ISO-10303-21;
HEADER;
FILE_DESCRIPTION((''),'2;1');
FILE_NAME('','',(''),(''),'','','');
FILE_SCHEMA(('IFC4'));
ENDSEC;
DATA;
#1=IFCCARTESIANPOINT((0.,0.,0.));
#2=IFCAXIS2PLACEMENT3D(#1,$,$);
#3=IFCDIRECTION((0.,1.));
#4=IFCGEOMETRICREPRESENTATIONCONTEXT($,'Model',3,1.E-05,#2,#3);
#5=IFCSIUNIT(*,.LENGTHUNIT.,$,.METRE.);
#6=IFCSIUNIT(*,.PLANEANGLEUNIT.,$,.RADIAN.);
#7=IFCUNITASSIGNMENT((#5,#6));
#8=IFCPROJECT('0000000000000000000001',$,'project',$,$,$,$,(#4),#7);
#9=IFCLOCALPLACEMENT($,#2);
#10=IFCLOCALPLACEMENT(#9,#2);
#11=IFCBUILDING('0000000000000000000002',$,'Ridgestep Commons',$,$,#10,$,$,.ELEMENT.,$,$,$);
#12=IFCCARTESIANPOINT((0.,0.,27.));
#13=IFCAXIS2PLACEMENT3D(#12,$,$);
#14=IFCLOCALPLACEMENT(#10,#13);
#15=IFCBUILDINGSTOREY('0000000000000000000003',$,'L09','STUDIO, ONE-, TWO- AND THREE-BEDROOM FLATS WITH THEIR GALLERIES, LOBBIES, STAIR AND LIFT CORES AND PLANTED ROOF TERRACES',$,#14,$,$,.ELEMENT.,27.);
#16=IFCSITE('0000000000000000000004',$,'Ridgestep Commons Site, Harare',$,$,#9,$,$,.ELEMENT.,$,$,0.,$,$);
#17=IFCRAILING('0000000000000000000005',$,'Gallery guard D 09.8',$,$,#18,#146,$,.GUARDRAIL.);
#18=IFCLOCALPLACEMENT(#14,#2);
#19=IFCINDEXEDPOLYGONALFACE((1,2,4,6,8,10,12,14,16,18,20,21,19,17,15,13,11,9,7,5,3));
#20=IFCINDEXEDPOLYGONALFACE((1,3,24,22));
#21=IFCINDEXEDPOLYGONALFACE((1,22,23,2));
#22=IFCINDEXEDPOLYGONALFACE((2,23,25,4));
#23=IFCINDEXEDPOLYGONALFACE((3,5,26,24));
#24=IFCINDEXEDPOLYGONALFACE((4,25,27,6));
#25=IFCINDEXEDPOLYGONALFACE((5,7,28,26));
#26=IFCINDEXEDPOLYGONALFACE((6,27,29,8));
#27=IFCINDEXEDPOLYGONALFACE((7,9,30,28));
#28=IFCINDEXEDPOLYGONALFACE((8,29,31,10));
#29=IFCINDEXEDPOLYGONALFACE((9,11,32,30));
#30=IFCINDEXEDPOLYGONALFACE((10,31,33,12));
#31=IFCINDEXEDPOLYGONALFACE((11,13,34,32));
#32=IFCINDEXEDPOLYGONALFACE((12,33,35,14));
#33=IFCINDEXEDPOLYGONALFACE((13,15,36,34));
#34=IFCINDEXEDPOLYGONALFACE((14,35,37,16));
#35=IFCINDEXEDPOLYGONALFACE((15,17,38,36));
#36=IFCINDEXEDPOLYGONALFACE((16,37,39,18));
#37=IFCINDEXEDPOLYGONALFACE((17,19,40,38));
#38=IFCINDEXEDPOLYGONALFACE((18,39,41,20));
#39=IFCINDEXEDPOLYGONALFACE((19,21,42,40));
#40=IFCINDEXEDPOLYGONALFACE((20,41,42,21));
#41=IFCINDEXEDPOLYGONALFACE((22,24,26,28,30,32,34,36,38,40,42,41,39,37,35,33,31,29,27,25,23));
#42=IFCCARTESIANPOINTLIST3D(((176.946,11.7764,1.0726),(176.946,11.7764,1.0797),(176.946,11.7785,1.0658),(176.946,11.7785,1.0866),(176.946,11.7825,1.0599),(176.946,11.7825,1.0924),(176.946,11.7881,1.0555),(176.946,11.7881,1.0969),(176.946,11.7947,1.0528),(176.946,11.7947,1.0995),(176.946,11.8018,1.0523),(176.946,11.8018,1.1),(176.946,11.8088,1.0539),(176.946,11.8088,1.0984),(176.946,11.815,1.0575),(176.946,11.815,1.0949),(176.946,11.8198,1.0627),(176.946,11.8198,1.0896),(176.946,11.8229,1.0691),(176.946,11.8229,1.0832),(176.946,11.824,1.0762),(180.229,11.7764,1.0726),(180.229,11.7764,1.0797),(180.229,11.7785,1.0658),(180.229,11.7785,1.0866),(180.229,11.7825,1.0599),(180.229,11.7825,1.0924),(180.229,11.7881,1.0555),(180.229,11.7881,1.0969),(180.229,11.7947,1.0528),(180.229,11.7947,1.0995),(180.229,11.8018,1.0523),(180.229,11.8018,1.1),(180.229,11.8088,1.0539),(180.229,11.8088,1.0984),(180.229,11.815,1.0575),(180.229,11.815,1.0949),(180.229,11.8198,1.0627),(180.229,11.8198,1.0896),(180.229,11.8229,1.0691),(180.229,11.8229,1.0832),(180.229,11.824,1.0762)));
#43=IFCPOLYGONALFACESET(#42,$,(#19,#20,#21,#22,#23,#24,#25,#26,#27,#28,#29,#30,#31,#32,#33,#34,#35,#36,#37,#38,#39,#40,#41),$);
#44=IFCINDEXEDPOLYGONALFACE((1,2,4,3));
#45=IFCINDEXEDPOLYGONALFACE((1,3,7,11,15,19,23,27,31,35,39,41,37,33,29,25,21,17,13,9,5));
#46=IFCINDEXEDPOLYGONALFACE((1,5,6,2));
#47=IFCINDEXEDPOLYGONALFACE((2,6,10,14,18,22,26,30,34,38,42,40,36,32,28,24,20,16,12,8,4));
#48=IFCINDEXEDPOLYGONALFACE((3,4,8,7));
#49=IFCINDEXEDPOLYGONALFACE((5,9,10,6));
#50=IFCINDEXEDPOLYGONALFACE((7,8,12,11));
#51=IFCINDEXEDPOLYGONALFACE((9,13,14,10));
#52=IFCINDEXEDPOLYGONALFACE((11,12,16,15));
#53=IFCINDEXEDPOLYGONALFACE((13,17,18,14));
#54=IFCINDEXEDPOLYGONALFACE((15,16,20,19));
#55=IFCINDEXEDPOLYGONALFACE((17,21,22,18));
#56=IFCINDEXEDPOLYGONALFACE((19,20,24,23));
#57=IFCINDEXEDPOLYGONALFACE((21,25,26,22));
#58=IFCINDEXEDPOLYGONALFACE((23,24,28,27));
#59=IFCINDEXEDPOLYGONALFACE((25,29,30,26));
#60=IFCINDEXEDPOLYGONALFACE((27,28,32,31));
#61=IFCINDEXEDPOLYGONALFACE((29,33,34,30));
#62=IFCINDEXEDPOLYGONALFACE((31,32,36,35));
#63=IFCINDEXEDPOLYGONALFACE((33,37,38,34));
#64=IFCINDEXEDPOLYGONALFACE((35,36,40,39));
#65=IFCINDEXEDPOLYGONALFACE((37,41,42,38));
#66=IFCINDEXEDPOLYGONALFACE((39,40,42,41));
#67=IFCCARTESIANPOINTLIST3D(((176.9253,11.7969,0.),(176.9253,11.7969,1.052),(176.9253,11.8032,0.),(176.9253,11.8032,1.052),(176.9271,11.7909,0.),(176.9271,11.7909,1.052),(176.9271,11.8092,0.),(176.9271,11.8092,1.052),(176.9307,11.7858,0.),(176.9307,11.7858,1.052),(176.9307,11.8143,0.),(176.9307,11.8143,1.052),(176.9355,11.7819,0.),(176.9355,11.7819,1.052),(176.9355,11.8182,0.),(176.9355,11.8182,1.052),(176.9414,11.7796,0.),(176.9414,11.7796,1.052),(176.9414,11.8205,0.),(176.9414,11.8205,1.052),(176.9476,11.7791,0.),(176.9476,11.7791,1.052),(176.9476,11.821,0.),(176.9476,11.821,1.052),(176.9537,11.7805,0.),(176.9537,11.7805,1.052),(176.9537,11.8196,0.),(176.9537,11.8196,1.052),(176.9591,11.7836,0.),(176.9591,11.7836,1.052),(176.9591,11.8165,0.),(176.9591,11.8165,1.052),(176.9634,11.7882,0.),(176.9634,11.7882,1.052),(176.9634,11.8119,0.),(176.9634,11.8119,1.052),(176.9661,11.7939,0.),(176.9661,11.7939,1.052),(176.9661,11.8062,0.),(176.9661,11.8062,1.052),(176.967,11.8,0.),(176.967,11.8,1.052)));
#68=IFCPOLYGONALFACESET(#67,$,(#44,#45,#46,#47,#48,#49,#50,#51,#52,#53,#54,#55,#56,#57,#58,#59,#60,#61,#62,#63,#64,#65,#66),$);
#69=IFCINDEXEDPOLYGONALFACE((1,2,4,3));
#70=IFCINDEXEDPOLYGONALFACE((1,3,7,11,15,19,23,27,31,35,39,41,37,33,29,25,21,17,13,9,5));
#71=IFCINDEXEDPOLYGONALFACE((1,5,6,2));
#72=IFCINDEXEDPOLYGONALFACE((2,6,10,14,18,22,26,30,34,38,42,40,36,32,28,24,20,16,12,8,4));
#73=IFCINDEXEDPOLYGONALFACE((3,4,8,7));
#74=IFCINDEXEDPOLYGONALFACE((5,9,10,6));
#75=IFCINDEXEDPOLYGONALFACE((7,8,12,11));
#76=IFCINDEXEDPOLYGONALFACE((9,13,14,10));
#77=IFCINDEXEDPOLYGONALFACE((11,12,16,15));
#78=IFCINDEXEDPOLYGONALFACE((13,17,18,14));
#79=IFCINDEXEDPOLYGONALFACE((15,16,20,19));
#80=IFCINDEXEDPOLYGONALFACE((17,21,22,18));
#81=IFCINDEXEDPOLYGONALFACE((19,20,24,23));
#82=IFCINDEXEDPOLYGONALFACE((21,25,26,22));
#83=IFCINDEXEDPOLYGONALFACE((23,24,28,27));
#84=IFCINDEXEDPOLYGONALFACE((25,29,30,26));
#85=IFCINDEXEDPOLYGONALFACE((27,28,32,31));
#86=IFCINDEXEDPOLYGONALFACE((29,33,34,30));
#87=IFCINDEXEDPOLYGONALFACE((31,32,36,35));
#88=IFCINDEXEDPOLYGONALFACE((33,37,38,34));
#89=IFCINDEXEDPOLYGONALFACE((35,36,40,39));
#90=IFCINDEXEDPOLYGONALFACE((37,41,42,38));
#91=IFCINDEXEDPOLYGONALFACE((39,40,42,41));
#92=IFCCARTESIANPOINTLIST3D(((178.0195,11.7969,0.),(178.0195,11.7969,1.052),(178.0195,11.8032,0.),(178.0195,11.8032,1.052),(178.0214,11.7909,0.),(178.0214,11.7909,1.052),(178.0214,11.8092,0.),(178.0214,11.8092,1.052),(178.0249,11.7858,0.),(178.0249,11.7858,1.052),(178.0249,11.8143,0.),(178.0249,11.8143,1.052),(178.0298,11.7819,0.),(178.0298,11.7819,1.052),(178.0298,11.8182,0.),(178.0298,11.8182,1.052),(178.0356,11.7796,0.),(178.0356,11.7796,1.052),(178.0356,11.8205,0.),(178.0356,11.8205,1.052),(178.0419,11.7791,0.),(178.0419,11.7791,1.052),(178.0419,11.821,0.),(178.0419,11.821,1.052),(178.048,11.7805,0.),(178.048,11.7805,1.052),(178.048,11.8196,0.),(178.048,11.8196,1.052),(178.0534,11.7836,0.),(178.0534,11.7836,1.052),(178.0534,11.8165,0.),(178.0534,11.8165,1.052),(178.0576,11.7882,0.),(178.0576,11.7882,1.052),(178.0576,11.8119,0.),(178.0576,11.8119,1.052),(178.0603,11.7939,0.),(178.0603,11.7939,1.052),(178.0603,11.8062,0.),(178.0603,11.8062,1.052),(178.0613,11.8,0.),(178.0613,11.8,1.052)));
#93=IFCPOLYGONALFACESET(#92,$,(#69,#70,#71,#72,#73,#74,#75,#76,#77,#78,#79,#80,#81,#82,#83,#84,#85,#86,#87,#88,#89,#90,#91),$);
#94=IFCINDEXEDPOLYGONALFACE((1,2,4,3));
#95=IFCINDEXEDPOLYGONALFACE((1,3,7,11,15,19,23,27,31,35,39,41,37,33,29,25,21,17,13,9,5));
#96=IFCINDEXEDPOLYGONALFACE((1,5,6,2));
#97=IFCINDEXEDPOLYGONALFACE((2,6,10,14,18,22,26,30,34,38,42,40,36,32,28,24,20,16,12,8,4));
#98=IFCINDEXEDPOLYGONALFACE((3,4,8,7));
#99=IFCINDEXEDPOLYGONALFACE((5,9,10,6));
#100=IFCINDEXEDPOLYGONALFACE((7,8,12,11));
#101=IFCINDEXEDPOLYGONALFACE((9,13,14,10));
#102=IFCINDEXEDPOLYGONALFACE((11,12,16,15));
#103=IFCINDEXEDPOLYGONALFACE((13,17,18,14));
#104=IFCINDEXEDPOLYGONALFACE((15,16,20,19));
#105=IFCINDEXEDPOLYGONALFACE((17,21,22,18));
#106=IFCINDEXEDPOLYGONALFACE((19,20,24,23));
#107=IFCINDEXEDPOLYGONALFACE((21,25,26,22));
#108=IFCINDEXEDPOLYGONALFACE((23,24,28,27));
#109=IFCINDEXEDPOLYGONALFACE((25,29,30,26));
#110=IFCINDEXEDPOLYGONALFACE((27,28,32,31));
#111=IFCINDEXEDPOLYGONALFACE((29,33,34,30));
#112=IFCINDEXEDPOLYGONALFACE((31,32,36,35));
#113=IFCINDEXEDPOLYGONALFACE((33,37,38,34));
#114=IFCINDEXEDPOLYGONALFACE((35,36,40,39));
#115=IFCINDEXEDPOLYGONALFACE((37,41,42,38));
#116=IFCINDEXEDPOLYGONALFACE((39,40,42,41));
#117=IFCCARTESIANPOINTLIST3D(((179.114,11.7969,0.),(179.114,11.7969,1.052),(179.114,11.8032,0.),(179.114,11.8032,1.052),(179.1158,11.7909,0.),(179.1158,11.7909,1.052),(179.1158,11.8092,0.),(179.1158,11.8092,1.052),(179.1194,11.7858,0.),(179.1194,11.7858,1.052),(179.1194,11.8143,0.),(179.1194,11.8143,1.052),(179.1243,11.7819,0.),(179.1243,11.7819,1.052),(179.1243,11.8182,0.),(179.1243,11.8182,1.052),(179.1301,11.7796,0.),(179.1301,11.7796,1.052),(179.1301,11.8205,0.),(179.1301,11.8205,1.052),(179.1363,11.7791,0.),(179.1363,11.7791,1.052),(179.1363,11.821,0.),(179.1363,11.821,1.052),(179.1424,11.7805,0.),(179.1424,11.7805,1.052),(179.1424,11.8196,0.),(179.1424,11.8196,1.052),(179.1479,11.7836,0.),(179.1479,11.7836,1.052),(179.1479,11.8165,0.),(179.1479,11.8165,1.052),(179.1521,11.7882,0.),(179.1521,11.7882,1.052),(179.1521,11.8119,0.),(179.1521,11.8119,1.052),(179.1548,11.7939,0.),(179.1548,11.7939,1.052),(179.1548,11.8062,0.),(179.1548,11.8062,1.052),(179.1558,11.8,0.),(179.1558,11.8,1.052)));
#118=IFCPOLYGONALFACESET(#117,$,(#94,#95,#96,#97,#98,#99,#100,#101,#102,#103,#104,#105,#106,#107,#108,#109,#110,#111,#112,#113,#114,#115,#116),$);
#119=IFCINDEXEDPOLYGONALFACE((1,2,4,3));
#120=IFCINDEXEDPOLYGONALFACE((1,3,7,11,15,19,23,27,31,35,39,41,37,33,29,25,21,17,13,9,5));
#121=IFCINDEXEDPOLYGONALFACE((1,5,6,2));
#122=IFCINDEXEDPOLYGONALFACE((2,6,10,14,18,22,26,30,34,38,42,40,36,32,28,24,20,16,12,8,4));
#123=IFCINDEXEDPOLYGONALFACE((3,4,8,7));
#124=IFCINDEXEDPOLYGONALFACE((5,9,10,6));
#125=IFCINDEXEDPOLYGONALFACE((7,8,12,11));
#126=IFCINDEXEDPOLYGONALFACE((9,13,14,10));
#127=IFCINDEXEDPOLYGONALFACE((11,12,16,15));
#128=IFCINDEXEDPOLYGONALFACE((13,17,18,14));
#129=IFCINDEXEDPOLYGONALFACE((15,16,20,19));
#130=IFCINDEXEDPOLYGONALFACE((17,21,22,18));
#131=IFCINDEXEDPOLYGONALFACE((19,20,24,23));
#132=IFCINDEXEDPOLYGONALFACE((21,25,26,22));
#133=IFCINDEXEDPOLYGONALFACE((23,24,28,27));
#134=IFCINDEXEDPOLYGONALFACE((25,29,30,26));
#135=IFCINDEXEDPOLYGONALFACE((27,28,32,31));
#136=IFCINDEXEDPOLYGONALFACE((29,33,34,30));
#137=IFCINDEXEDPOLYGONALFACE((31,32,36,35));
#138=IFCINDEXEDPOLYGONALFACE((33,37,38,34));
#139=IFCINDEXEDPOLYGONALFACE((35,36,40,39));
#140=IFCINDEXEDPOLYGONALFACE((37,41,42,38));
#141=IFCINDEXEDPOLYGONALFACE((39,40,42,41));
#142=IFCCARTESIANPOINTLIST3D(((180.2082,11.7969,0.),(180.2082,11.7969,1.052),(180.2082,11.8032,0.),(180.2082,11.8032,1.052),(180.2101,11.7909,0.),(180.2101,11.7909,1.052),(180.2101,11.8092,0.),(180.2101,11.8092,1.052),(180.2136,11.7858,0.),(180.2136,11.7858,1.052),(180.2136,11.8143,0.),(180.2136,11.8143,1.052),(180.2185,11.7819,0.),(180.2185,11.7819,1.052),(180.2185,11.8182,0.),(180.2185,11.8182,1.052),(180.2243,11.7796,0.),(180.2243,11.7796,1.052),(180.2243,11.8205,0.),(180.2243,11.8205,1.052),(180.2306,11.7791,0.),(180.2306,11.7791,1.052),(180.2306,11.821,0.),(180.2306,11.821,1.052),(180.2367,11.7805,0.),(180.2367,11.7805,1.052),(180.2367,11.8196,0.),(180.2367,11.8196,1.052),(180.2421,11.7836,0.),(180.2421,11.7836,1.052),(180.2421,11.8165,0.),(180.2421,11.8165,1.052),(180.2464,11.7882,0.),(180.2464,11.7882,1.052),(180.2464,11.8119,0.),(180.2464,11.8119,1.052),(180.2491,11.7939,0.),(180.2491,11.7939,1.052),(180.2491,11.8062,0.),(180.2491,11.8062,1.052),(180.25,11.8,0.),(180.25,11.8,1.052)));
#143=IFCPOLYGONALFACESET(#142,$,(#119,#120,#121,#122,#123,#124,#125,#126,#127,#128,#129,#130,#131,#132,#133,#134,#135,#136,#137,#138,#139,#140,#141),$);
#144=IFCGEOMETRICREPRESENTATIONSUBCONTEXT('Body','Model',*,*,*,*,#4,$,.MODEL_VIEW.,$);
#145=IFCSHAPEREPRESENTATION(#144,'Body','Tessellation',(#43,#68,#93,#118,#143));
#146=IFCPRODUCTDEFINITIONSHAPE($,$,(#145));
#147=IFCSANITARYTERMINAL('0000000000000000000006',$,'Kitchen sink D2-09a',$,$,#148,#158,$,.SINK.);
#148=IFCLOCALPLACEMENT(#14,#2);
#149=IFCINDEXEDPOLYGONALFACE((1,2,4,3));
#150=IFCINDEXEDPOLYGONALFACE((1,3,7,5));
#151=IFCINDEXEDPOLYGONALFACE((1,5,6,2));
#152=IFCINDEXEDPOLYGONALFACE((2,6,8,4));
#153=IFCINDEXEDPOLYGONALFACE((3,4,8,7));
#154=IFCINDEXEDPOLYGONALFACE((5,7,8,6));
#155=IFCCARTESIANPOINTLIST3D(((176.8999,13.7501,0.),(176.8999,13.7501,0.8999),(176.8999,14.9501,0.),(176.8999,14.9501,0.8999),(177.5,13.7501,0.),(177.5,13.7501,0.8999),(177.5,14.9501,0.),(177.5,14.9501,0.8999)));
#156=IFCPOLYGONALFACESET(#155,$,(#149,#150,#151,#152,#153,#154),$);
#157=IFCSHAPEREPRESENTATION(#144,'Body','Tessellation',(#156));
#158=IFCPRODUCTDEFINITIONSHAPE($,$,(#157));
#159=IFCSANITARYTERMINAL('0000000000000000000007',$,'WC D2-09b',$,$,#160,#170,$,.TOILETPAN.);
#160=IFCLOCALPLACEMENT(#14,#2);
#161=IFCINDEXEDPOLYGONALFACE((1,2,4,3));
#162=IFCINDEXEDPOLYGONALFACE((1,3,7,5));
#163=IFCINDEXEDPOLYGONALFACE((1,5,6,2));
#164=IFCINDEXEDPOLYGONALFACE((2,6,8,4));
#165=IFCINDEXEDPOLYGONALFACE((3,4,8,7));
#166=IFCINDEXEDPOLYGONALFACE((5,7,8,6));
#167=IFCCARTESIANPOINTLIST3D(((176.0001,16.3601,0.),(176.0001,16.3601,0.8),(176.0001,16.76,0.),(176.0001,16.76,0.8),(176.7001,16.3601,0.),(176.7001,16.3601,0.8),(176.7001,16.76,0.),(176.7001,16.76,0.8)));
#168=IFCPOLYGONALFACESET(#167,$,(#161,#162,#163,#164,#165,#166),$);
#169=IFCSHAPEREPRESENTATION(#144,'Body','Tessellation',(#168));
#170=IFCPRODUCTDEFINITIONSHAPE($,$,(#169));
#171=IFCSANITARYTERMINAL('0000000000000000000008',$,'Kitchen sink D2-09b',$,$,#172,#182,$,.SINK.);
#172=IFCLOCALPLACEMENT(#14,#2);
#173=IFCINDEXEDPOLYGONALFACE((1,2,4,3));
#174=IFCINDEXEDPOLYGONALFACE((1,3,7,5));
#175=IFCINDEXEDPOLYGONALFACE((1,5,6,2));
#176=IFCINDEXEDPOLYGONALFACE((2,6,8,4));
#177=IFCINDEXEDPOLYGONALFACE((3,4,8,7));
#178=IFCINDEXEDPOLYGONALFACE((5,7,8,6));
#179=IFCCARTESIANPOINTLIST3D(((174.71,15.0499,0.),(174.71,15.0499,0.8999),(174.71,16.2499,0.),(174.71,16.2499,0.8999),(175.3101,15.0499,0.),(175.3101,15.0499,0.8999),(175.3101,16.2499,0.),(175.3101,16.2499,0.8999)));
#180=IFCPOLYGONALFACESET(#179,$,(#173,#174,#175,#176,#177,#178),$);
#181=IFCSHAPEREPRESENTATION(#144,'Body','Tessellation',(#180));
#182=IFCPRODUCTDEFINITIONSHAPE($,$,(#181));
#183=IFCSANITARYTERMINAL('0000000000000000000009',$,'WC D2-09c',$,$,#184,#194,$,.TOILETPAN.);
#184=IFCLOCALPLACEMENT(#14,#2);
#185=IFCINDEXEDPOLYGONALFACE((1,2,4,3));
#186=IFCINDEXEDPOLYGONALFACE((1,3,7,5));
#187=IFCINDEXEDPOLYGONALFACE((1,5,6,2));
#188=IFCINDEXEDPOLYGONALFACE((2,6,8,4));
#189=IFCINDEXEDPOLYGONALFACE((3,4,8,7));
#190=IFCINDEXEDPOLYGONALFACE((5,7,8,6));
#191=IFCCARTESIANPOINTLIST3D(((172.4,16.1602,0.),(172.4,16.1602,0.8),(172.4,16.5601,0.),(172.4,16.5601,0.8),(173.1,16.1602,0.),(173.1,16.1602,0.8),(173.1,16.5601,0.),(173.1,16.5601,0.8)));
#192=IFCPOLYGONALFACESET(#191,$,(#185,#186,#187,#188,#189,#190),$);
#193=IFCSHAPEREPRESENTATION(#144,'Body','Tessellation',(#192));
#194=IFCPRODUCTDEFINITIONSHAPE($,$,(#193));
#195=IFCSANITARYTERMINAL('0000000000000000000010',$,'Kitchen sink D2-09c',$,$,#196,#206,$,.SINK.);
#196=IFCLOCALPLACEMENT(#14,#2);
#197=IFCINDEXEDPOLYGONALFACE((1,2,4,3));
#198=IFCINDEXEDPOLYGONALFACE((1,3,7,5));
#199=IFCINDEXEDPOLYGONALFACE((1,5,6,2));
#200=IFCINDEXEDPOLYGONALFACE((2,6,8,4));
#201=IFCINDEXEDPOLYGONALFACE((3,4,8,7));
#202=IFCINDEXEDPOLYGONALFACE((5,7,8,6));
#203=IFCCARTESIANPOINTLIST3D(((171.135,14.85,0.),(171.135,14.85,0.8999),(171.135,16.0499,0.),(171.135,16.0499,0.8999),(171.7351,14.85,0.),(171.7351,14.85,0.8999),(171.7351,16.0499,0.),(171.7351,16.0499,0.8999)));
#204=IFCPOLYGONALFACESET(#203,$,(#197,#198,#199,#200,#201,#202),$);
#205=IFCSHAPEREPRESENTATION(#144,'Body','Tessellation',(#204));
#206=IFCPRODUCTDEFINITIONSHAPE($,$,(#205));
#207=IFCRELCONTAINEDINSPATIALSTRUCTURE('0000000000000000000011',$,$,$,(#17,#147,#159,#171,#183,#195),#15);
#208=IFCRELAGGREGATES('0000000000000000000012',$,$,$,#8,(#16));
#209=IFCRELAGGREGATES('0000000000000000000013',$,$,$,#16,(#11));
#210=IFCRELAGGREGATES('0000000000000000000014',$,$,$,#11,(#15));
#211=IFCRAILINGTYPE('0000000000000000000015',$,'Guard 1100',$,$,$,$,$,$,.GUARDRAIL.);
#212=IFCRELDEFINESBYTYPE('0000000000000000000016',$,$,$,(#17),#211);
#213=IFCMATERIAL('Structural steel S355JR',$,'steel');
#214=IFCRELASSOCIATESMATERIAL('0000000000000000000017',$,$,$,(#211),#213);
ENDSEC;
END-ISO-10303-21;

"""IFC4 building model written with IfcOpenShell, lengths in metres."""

from ifc_helpers import new_model, si_unit, direction, frame, origin, origin_2d, place, context, subcontext, project, spatial, rectangle, circle, extrude, material, type_object, element, save


model = new_model("IFC4")

# Units and contexts
model_context = context("Model", 3, precision=1e-05, world=origin(), true_north=direction((0.0, 1.0)))
body_context = subcontext(model_context, "Body", "Model", "MODEL_VIEW")
ifc_project = project(units=[si_unit("LENGTHUNIT", "METRE"), si_unit("PLANEANGLEUNIT", "RADIAN")], contexts=[model_context])

# Site, building, storey
site_placement = place(None, origin())
site = spatial("IfcSite", under=ifc_project, at=site_placement, Name="Ridgestep Commons Site, Harare", CompositionType="ELEMENT", RefElevation=0.0)
building_placement = place(site_placement, origin())
building = spatial("IfcBuilding", under=site, at=building_placement, Name="Ridgestep Commons", CompositionType="ELEMENT")
storey_placement = place(building_placement, frame((0.0, 0.0, 27.0)))
storey = spatial("IfcBuildingStorey", under=building, at=storey_placement, Name="L09", Description="STUDIO, ONE-, TWO- AND THREE-BEDROOM FLATS WITH THEIR GALLERIES, LOBBIES, STAIR AND LIFT CORES AND PLANTED ROOF TERRACES", CompositionType="ELEMENT", Elevation=27.0)

# Railing
ifc_material_1 = material(Name="Structural steel S355JR", Category="steel")
railing_type = type_object("IfcRailingType", Name="Guard 1100", PredefinedType="GUARDRAIL", material=ifc_material_1)
railing_1_placement = place(storey_placement, frame((176.946, 11.8, 0.0)))
element("IfcRailing", 1, at=railing_1_placement, inside=storey, type_object=railing_type, Name="Gallery guard D 09.8", PredefinedType="GUARDRAIL", context=body_context, shape_type="SweptSolid", body=[
    extrude(circle(Radius=0.0239, at=origin_2d()), frame((0.0, 0.0, 1.0762), z_axis=(1.0, 0.0, 0.0), x_axis=(0.0, 1.0, 0.0)), (0.0, 0.0, 1.0), 3.283),
    extrude(circle(Radius=0.021, at=origin_2d()), origin(), (0.0, 0.0, 1.0), 1.052),
    extrude(circle(Radius=0.021, at=origin_2d()), frame((1.0942, 0.0, 0.0)), (0.0, 0.0, 1.0), 1.052),
    extrude(circle(Radius=0.021, at=origin_2d()), frame((2.1887, 0.0, 0.0)), (0.0, 0.0, 1.0), 1.052),
    extrude(circle(Radius=0.021, at=origin_2d()), frame((3.283, 0.0, 0.0)), (0.0, 0.0, 1.0), 1.052),
])

# Sanitary terminals
sanitary_terminal_1_placement = place(storey_placement, frame((177.2, 14.3501, 0.0), z_axis=(0.0, 0.0, 1.0), x_axis=(1.0, 0.0, 0.0)))
element("IfcSanitaryTerminal", 2, at=sanitary_terminal_1_placement, inside=storey, Name="Kitchen sink D2-09a", PredefinedType="SINK", context=body_context, shape_type="SweptSolid", body=[
    extrude(rectangle(XDim=0.6001, YDim=1.2, at=origin_2d()), origin(), (0.0, 0.0, 1.0), 0.8999),
])
sanitary_terminal_2_placement = place(storey_placement, frame((176.3501, 16.5601, 0.0), z_axis=(0.0, 0.0, 1.0), x_axis=(1.0, 0.0, 0.0)))
element("IfcSanitaryTerminal", 3, at=sanitary_terminal_2_placement, inside=storey, Name="WC D2-09b", PredefinedType="TOILETPAN", context=body_context, shape_type="SweptSolid", body=[
    extrude(rectangle(XDim=0.7, YDim=0.3999, at=origin_2d()), origin(), (0.0, 0.0, 1.0), 0.8),
])
sanitary_terminal_3_placement = place(storey_placement, frame((175.01, 15.6499, 0.0), z_axis=(0.0, 0.0, 1.0), x_axis=(1.0, 0.0, 0.0)))
element("IfcSanitaryTerminal", 4, at=sanitary_terminal_3_placement, inside=storey, Name="Kitchen sink D2-09b", PredefinedType="SINK", context=body_context, shape_type="SweptSolid", body=[
    extrude(rectangle(XDim=0.6001, YDim=1.2, at=origin_2d()), origin(), (0.0, 0.0, 1.0), 0.8999),
])
sanitary_terminal_4_placement = place(storey_placement, frame((172.75, 16.3601, 0.0), z_axis=(0.0, 0.0, 1.0), x_axis=(1.0, 0.0, 0.0)))
element("IfcSanitaryTerminal", 5, at=sanitary_terminal_4_placement, inside=storey, Name="WC D2-09c", PredefinedType="TOILETPAN", context=body_context, shape_type="SweptSolid", body=[
    extrude(rectangle(XDim=0.7, YDim=0.3999, at=origin_2d()), origin(), (0.0, 0.0, 1.0), 0.8),
])
sanitary_terminal_5_placement = place(storey_placement, frame((171.4351, 15.45, 0.0), z_axis=(0.0, 0.0, 1.0), x_axis=(1.0, 0.0, 0.0)))
element("IfcSanitaryTerminal", 6, at=sanitary_terminal_5_placement, inside=storey, Name="Kitchen sink D2-09c", PredefinedType="SINK", context=body_context, shape_type="SweptSolid", body=[
    extrude(rectangle(XDim=0.6001, YDim=1.2, at=origin_2d()), origin(), (0.0, 0.0, 1.0), 0.8999),
])

save(model, "model.ifc")
